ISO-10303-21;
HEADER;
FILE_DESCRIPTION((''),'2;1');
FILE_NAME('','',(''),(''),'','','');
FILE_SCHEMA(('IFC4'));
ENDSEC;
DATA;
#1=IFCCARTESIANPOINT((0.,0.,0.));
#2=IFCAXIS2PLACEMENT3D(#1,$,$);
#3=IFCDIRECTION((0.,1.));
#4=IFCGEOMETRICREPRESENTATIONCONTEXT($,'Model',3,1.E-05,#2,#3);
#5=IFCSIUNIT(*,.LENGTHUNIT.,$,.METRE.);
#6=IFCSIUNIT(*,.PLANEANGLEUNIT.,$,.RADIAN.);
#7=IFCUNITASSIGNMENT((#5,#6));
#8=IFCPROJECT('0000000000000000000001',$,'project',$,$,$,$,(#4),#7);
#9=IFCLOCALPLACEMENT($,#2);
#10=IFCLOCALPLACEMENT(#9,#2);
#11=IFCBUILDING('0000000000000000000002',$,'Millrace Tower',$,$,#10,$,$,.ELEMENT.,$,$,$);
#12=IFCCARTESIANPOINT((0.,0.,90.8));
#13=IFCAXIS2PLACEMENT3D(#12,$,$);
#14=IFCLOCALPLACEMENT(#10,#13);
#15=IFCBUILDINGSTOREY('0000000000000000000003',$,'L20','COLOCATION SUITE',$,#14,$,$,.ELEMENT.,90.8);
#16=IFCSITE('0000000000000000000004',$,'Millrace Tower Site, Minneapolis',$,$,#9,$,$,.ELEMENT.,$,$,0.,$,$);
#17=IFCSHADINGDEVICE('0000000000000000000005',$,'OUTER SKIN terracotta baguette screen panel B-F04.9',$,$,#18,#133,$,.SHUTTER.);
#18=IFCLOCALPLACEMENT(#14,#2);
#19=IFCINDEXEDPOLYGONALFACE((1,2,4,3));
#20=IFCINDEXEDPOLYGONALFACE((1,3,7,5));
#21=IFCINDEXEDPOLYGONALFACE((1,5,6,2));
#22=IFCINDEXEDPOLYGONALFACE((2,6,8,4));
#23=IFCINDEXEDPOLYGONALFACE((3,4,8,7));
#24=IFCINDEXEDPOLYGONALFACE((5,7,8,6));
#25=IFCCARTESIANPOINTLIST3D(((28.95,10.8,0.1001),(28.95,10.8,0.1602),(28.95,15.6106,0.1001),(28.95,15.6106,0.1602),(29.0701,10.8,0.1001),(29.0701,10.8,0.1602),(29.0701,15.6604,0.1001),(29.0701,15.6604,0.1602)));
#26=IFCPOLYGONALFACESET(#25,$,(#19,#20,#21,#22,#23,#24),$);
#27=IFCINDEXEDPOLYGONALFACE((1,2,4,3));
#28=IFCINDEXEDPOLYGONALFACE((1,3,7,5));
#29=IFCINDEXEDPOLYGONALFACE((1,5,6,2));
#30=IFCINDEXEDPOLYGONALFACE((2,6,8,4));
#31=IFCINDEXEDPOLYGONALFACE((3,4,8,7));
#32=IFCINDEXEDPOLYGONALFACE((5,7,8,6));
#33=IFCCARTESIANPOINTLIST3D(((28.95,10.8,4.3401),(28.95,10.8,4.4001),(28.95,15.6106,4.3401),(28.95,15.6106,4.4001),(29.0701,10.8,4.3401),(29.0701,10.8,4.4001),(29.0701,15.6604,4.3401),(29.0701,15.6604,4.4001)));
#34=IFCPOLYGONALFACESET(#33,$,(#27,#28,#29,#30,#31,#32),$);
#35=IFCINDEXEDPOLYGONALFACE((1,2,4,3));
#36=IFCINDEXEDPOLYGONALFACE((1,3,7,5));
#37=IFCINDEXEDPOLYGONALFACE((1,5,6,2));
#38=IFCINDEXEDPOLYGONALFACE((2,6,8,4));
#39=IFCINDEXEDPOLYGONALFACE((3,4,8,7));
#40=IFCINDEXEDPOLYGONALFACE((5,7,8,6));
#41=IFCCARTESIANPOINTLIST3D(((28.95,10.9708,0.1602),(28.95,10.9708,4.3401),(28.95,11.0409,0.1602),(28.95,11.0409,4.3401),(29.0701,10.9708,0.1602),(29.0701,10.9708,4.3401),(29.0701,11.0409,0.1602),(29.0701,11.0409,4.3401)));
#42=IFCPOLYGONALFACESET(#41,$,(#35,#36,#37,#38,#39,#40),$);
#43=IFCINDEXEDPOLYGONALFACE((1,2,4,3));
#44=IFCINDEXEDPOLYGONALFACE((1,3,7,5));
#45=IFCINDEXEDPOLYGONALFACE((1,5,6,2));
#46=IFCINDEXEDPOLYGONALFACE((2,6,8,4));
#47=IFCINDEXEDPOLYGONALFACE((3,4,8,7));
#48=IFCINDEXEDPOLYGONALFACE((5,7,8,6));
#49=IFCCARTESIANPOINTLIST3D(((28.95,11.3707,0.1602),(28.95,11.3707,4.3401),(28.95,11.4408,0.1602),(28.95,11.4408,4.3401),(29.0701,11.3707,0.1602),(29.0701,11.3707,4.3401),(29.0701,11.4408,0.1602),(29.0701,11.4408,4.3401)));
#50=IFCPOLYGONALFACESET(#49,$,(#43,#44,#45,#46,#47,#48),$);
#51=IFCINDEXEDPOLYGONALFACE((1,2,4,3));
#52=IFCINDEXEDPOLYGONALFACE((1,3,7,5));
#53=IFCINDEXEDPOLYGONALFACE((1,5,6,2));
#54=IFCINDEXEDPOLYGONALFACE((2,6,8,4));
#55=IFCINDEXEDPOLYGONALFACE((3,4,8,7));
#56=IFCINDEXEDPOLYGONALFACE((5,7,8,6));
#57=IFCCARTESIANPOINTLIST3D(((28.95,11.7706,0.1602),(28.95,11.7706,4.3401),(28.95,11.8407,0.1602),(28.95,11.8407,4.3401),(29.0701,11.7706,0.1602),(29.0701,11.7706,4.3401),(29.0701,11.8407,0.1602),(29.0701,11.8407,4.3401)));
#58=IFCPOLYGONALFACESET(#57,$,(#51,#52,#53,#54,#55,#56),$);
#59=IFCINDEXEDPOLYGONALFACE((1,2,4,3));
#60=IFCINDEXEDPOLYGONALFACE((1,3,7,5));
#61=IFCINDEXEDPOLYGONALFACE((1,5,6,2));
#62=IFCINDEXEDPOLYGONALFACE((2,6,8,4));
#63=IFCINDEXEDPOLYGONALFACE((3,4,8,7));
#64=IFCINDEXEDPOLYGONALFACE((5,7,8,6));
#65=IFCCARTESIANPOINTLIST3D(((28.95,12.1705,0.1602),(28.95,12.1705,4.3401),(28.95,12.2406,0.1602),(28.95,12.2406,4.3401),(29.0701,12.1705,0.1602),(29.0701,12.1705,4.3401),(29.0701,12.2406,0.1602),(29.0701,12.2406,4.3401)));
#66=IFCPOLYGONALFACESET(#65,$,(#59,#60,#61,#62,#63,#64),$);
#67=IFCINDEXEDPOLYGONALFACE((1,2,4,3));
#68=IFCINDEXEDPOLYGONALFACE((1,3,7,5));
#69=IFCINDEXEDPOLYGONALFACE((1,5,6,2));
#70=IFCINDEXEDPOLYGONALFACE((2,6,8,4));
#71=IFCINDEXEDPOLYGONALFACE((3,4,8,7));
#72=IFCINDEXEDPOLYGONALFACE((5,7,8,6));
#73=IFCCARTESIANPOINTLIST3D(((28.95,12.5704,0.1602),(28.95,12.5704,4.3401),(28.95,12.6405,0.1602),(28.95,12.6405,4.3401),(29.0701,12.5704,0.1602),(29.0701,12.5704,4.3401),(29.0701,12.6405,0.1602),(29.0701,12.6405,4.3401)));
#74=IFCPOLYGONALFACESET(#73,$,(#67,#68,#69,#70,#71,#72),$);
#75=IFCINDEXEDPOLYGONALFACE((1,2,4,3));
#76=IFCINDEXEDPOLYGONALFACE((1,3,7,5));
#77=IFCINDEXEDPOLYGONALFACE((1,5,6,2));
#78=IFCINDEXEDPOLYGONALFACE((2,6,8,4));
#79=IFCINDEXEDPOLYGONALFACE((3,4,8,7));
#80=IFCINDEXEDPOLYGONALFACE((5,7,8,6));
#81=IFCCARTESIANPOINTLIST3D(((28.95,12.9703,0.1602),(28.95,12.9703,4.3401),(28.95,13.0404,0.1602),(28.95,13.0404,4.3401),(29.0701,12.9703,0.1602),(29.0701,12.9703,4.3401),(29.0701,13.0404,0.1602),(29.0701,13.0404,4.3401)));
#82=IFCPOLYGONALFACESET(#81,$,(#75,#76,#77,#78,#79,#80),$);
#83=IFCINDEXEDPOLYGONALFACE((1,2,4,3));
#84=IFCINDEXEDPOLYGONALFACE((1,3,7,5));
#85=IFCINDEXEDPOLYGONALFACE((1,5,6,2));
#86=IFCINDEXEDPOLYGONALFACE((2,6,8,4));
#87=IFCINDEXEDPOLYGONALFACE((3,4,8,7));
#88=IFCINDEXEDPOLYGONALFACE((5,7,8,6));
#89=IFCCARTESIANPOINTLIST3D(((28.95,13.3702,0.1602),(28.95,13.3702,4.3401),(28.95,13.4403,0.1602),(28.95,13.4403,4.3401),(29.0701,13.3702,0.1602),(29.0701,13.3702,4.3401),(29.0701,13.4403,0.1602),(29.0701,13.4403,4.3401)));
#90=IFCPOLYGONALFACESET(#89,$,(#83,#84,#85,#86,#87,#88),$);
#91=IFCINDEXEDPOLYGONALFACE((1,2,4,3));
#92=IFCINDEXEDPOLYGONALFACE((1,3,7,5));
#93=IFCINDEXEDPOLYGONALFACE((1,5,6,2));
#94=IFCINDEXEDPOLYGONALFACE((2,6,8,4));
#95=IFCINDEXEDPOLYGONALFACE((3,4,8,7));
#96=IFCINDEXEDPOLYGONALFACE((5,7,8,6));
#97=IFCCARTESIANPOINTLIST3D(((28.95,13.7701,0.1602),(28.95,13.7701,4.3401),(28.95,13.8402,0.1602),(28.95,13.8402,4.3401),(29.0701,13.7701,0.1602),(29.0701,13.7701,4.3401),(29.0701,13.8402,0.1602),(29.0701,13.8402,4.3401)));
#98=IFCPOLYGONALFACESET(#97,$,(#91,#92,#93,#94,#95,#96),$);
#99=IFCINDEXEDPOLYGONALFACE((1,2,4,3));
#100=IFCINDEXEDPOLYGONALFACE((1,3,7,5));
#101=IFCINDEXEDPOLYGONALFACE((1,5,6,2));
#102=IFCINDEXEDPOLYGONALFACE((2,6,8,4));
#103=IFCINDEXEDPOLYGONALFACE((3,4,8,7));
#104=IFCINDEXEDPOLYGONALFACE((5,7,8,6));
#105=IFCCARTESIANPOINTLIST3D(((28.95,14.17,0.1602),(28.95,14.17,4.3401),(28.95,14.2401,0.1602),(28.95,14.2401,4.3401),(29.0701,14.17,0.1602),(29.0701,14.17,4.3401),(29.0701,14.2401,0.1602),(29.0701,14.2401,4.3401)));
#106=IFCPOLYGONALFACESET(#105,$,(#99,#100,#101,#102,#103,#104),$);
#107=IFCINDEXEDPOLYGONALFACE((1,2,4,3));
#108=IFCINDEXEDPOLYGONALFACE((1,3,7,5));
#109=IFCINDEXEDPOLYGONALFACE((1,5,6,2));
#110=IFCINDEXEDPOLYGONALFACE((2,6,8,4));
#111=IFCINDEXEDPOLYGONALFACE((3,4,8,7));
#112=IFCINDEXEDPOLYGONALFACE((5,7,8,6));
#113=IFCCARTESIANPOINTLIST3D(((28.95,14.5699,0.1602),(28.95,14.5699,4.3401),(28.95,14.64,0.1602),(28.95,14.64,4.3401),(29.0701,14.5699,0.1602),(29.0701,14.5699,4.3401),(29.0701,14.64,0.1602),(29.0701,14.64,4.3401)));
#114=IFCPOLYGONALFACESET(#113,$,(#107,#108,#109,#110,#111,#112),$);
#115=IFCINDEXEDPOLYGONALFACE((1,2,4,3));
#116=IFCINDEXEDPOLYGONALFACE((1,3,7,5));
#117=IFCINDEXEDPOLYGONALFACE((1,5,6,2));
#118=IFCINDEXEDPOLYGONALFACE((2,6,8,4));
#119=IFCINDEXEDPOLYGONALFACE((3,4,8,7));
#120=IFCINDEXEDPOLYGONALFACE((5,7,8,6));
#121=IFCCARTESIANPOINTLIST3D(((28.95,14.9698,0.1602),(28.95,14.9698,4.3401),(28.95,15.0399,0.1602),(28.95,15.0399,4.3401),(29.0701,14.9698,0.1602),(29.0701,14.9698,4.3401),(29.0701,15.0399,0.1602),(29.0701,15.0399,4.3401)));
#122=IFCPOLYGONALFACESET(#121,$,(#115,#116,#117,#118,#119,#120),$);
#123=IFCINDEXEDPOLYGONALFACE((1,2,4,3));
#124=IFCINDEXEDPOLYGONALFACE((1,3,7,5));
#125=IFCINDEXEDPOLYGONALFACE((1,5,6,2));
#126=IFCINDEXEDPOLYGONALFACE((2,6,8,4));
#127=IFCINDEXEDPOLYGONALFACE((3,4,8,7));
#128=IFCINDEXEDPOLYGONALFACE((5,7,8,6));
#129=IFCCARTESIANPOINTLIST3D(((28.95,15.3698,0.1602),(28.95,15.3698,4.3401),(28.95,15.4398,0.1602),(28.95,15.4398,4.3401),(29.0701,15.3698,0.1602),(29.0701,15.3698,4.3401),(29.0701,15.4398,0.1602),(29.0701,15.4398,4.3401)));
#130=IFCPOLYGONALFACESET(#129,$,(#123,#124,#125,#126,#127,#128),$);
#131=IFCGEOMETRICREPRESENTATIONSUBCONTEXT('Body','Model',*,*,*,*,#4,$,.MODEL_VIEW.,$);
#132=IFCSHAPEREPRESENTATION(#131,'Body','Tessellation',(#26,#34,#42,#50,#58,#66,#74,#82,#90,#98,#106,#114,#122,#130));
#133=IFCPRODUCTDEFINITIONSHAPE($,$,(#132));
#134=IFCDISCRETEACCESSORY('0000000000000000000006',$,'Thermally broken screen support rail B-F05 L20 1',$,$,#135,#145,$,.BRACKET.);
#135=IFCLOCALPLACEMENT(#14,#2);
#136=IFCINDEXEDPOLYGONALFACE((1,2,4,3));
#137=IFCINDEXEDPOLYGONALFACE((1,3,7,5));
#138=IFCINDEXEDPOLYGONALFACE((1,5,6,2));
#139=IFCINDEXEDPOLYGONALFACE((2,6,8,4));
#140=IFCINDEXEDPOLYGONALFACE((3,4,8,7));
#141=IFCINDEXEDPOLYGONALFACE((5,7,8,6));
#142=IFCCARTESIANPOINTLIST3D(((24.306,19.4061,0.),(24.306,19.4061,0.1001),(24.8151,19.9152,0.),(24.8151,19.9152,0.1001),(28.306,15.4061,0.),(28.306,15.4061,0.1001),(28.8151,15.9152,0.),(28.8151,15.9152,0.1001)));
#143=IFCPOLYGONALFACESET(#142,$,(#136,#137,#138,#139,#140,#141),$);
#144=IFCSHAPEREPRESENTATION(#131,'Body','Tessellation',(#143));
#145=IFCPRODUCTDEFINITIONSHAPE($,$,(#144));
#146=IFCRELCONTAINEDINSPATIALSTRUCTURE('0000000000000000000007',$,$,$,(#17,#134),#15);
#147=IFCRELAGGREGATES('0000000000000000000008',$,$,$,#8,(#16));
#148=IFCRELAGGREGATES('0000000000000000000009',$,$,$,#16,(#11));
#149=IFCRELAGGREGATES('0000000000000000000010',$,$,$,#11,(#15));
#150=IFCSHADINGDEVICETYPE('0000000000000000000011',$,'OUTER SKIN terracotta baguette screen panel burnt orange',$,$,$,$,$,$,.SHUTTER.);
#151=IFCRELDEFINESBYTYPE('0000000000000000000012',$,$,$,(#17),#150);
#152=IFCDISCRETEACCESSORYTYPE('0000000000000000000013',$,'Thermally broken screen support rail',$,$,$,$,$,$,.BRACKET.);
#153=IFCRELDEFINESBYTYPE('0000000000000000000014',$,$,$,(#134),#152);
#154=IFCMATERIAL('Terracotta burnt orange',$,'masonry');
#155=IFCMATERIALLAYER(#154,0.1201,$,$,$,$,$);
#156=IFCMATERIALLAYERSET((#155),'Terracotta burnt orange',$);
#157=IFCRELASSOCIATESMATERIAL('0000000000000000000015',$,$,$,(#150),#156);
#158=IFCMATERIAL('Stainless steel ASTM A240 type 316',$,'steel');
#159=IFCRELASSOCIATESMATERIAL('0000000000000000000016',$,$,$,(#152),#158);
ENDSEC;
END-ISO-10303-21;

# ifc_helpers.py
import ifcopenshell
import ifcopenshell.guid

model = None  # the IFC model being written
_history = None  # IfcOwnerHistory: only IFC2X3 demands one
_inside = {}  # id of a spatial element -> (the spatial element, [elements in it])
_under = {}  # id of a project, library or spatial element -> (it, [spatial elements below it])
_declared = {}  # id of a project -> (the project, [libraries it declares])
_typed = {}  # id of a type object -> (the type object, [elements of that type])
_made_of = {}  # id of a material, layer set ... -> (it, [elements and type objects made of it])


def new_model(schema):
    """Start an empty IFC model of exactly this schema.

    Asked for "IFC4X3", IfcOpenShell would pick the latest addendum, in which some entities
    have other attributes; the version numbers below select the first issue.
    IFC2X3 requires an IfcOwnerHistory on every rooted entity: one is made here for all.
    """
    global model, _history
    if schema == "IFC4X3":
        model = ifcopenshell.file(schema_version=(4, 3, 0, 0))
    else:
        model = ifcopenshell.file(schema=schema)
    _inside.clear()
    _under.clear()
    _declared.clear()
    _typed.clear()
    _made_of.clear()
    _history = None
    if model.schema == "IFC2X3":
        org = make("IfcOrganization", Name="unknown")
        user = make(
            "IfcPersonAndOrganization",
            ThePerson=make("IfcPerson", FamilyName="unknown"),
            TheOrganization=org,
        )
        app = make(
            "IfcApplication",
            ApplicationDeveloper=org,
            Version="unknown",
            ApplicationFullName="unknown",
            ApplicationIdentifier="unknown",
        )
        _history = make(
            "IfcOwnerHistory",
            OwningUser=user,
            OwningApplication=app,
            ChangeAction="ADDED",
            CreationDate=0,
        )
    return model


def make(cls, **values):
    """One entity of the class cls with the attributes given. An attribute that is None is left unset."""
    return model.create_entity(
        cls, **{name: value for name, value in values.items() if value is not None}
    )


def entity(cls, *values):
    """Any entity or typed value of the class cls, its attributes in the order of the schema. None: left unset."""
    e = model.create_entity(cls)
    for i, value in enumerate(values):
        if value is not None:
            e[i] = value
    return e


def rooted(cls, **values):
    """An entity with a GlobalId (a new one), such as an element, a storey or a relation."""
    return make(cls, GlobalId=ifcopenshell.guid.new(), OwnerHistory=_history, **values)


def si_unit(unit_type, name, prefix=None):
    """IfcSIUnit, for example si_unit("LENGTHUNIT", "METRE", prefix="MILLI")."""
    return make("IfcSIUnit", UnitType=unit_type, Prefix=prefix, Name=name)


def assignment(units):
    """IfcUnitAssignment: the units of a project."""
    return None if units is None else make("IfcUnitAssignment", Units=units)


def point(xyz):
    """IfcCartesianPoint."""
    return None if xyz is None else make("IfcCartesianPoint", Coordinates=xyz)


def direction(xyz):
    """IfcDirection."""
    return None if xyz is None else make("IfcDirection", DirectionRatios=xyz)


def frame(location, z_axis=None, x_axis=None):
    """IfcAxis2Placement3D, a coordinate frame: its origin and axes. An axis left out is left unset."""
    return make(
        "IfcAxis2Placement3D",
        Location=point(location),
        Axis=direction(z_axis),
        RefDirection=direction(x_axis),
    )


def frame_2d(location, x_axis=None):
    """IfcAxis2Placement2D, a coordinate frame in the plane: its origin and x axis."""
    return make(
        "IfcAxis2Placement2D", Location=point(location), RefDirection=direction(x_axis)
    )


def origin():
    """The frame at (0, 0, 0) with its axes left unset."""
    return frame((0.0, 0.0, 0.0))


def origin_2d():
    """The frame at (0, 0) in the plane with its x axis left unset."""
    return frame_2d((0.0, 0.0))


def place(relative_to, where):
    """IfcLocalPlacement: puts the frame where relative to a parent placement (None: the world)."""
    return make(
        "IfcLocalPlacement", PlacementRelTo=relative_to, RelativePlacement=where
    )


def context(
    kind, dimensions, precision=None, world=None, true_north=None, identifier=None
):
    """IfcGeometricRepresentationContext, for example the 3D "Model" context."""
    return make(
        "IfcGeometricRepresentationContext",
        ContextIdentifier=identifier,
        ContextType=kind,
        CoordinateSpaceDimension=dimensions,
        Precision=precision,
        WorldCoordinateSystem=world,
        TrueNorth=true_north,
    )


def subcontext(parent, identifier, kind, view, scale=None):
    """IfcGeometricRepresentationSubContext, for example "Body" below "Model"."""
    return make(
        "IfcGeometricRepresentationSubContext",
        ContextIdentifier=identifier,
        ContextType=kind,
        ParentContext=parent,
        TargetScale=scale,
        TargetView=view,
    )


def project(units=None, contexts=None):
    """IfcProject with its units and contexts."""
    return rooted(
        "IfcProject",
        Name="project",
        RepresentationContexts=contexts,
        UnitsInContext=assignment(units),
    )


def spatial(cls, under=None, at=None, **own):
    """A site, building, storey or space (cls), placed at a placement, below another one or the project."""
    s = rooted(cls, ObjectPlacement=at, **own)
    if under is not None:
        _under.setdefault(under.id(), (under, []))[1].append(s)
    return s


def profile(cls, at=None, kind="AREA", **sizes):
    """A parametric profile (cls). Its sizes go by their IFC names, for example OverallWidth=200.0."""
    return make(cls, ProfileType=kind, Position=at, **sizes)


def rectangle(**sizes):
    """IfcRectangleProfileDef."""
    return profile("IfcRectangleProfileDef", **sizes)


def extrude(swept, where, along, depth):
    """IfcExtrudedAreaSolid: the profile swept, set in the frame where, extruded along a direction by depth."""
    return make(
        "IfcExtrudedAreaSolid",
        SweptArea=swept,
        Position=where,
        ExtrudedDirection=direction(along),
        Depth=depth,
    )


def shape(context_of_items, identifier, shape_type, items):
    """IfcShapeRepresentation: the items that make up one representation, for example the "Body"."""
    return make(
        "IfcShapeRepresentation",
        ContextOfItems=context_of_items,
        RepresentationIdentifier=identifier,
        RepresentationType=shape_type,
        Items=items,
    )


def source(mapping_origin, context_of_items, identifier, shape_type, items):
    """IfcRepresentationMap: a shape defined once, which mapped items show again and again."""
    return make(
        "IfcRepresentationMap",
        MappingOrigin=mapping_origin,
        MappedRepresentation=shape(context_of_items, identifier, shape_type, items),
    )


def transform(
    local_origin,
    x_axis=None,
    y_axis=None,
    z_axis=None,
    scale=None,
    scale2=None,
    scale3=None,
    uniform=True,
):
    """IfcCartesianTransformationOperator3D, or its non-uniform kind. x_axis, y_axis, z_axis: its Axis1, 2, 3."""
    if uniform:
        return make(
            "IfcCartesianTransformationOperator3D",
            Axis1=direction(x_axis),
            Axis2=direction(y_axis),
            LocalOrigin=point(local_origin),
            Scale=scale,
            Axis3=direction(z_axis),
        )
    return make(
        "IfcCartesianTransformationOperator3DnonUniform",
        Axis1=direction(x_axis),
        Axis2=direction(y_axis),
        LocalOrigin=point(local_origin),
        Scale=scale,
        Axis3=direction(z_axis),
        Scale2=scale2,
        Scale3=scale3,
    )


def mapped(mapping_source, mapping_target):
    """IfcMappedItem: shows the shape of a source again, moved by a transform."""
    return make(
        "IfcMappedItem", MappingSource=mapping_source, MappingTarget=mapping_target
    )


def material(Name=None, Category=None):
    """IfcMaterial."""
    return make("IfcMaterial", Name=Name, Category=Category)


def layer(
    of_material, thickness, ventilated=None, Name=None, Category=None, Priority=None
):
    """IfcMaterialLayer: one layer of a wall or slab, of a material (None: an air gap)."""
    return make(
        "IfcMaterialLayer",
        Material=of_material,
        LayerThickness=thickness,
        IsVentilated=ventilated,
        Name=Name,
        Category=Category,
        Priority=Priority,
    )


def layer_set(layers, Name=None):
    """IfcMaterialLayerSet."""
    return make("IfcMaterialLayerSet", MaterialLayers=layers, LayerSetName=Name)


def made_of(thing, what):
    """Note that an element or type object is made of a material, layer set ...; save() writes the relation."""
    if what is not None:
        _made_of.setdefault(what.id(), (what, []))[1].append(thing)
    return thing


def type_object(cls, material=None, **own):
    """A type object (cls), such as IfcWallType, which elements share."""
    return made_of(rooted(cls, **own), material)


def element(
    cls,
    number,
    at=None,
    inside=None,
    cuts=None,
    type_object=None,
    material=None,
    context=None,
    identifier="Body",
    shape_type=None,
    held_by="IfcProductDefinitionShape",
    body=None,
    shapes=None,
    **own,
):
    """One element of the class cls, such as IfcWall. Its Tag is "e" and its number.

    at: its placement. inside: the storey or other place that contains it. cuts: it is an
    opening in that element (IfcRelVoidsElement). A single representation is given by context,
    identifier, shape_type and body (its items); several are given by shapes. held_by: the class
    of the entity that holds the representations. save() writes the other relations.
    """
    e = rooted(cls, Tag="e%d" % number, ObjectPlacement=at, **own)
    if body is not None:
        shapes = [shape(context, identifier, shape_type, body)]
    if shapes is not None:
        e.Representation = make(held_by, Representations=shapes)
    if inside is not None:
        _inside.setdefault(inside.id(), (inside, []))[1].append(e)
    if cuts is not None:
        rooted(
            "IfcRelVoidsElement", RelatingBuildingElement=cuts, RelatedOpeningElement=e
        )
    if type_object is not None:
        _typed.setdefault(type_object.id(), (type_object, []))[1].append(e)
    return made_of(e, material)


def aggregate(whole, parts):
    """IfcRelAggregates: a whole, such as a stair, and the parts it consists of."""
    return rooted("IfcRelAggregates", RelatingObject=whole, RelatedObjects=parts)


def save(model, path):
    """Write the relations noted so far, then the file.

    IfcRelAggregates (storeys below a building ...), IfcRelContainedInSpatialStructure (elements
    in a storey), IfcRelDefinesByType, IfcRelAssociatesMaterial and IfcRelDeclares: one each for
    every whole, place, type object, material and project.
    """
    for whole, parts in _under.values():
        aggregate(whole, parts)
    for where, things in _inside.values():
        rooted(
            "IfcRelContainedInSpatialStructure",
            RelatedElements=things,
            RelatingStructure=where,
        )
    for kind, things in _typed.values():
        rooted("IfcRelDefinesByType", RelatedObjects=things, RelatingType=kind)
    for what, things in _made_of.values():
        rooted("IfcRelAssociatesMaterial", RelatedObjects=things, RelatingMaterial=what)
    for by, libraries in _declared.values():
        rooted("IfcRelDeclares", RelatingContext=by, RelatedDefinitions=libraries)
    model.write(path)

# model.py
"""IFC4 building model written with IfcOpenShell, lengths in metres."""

from ifc_helpers import new_model, entity, si_unit, direction, frame, frame_2d, origin, origin_2d, place, context, subcontext, project, spatial, rectangle, extrude, source, transform, mapped, material, layer, layer_set, type_object, element, save


model = new_model("IFC4")

# Units and contexts
model_context = context("Model", 3, precision=1e-05, world=origin(), true_north=direction((0.0, 1.0)))
body_context = subcontext(model_context, "Body", "Model", "MODEL_VIEW")
ifc_project = project(units=[si_unit("LENGTHUNIT", "METRE"), si_unit("PLANEANGLEUNIT", "RADIAN")], contexts=[model_context])

# Site, building, storey
site_placement = place(None, origin())
site = spatial("IfcSite", under=ifc_project, at=site_placement, Name="Millrace Tower Site, Minneapolis", CompositionType="ELEMENT", RefElevation=0.0)
building_placement = place(site_placement, origin())
building = spatial("IfcBuilding", under=site, at=building_placement, Name="Millrace Tower", CompositionType="ELEMENT")
storey_placement = place(building_placement, frame((0.0, 0.0, 90.8)))
storey = spatial("IfcBuildingStorey", under=building, at=storey_placement, Name="L20", Description="COLOCATION SUITE", CompositionType="ELEMENT", Elevation=90.8)

# Shading device
ifc_material_1 = material(Name="Terracotta burnt orange", Category="masonry")
ifc_layer_1 = layer(ifc_material_1, 0.1201)
ifc_layer_set_1 = layer_set([ifc_layer_1], Name="Terracotta burnt orange")
shading_device_type = type_object("IfcShadingDeviceType", Name="OUTER SKIN terracotta baguette screen panel burnt orange", PredefinedType="SHUTTER", material=ifc_layer_set_1)
cartesian_point_1 = entity("IfcCartesianPoint", [-2.4177, 0.0601])
shared_polyline_1 = entity("IfcPolyline", [cartesian_point_1, entity("IfcCartesianPoint", [2.3928, 0.0601]), entity("IfcCartesianPoint", [2.4426, -0.0601]), entity("IfcCartesianPoint", [-2.4177, -0.0601]), cartesian_point_1])
shared_shape_1 = source(origin(), body_context, "Body", "SweptSolid", [
    entity("IfcExtrudedAreaSolid", entity("IfcArbitraryClosedProfileDef", "AREA", None, shared_polyline_1), entity("IfcAxis2Placement3D", entity("IfcCartesianPoint", [0.0, 0.0, 0.0])), entity("IfcDirection", [0.0, 0.0, 1.0]), 0.0601),
    entity("IfcExtrudedAreaSolid", entity("IfcArbitraryClosedProfileDef", "AREA", None, shared_polyline_1), entity("IfcAxis2Placement3D", entity("IfcCartesianPoint", [0.0, 0.0, 4.24])), entity("IfcDirection", [0.0, 0.0, 1.0]), 0.0601),
    extrude(rectangle(XDim=0.0701, YDim=0.1201, at=frame_2d((-2.2119, 0.0))), frame((0.0, 0.0, 0.0601)), (0.0, 0.0, 1.0), 4.1799),
    extrude(rectangle(XDim=0.0701, YDim=0.1201, at=frame_2d((-1.812, 0.0))), frame((0.0, 0.0, 0.0601)), (0.0, 0.0, 1.0), 4.1799),
    extrude(rectangle(XDim=0.0701, YDim=0.1201, at=frame_2d((-1.4121, 0.0))), frame((0.0, 0.0, 0.0601)), (0.0, 0.0, 1.0), 4.1799),
    extrude(rectangle(XDim=0.0701, YDim=0.1201, at=frame_2d((-1.0122, 0.0))), frame((0.0, 0.0, 0.0601)), (0.0, 0.0, 1.0), 4.1799),
    extrude(rectangle(XDim=0.0701, YDim=0.1201, at=frame_2d((-0.6123, 0.0))), frame((0.0, 0.0, 0.0601)), (0.0, 0.0, 1.0), 4.1799),
    extrude(rectangle(XDim=0.0701, YDim=0.1201, at=frame_2d((-0.2124, 0.0))), frame((0.0, 0.0, 0.0601)), (0.0, 0.0, 1.0), 4.1799),
    extrude(rectangle(XDim=0.0701, YDim=0.1201, at=frame_2d((0.1875, 0.0))), frame((0.0, 0.0, 0.0601)), (0.0, 0.0, 1.0), 4.1799),
    extrude(rectangle(XDim=0.0701, YDim=0.1201, at=frame_2d((0.5874, 0.0))), frame((0.0, 0.0, 0.0601)), (0.0, 0.0, 1.0), 4.1799),
    extrude(rectangle(XDim=0.0701, YDim=0.1201, at=frame_2d((0.9873, 0.0))), frame((0.0, 0.0, 0.0601)), (0.0, 0.0, 1.0), 4.1799),
    extrude(rectangle(XDim=0.0701, YDim=0.1201, at=frame_2d((1.3872, 0.0))), frame((0.0, 0.0, 0.0601)), (0.0, 0.0, 1.0), 4.1799),
    extrude(rectangle(XDim=0.0701, YDim=0.1201, at=frame_2d((1.7871, 0.0))), frame((0.0, 0.0, 0.0601)), (0.0, 0.0, 1.0), 4.1799),
    extrude(rectangle(XDim=0.0701, YDim=0.1201, at=frame_2d((2.187, 0.0))), frame((0.0, 0.0, 0.0601)), (0.0, 0.0, 1.0), 4.1799),
])
shading_device_1_placement = place(storey_placement, frame((29.01, 13.2178, 0.1001), z_axis=(0.0, 0.0, 1.0), x_axis=(0.0, 1.0, 0.0)))
element("IfcShadingDevice", 1, at=shading_device_1_placement, inside=storey, type_object=shading_device_type, Name="OUTER SKIN terracotta baguette screen panel B-F04.9", PredefinedType="SHUTTER", context=body_context, shape_type="MappedRepresentation", body=[
    mapped(shared_shape_1, transform((0.0, 0.0, 0.0), scale=1.0)),
])

# Discrete accessory
ifc_material_2 = material(Name="Stainless steel ASTM A240 type 316", Category="steel")
discrete_accessory_type = type_object("IfcDiscreteAccessoryType", Name="Thermally broken screen support rail", PredefinedType="BRACKET", material=ifc_material_2)
discrete_accessory_placement = place(storey_placement, frame((26.5605, 17.6606, 0.0), z_axis=(0.0, 0.0, 1.0), x_axis=(-0.707107, 0.707107, 0.0)))
element("IfcDiscreteAccessory", 2, at=discrete_accessory_placement, inside=storey, type_object=discrete_accessory_type, Name="Thermally broken screen support rail B-F05 L20 1", PredefinedType="BRACKET", context=body_context, shape_type="SweptSolid", body=[
    extrude(rectangle(XDim=5.6567, YDim=0.72, at=origin_2d()), origin(), (0.0, 0.0, 1.0), 0.1001),
])

save(model, "model.ifc")
